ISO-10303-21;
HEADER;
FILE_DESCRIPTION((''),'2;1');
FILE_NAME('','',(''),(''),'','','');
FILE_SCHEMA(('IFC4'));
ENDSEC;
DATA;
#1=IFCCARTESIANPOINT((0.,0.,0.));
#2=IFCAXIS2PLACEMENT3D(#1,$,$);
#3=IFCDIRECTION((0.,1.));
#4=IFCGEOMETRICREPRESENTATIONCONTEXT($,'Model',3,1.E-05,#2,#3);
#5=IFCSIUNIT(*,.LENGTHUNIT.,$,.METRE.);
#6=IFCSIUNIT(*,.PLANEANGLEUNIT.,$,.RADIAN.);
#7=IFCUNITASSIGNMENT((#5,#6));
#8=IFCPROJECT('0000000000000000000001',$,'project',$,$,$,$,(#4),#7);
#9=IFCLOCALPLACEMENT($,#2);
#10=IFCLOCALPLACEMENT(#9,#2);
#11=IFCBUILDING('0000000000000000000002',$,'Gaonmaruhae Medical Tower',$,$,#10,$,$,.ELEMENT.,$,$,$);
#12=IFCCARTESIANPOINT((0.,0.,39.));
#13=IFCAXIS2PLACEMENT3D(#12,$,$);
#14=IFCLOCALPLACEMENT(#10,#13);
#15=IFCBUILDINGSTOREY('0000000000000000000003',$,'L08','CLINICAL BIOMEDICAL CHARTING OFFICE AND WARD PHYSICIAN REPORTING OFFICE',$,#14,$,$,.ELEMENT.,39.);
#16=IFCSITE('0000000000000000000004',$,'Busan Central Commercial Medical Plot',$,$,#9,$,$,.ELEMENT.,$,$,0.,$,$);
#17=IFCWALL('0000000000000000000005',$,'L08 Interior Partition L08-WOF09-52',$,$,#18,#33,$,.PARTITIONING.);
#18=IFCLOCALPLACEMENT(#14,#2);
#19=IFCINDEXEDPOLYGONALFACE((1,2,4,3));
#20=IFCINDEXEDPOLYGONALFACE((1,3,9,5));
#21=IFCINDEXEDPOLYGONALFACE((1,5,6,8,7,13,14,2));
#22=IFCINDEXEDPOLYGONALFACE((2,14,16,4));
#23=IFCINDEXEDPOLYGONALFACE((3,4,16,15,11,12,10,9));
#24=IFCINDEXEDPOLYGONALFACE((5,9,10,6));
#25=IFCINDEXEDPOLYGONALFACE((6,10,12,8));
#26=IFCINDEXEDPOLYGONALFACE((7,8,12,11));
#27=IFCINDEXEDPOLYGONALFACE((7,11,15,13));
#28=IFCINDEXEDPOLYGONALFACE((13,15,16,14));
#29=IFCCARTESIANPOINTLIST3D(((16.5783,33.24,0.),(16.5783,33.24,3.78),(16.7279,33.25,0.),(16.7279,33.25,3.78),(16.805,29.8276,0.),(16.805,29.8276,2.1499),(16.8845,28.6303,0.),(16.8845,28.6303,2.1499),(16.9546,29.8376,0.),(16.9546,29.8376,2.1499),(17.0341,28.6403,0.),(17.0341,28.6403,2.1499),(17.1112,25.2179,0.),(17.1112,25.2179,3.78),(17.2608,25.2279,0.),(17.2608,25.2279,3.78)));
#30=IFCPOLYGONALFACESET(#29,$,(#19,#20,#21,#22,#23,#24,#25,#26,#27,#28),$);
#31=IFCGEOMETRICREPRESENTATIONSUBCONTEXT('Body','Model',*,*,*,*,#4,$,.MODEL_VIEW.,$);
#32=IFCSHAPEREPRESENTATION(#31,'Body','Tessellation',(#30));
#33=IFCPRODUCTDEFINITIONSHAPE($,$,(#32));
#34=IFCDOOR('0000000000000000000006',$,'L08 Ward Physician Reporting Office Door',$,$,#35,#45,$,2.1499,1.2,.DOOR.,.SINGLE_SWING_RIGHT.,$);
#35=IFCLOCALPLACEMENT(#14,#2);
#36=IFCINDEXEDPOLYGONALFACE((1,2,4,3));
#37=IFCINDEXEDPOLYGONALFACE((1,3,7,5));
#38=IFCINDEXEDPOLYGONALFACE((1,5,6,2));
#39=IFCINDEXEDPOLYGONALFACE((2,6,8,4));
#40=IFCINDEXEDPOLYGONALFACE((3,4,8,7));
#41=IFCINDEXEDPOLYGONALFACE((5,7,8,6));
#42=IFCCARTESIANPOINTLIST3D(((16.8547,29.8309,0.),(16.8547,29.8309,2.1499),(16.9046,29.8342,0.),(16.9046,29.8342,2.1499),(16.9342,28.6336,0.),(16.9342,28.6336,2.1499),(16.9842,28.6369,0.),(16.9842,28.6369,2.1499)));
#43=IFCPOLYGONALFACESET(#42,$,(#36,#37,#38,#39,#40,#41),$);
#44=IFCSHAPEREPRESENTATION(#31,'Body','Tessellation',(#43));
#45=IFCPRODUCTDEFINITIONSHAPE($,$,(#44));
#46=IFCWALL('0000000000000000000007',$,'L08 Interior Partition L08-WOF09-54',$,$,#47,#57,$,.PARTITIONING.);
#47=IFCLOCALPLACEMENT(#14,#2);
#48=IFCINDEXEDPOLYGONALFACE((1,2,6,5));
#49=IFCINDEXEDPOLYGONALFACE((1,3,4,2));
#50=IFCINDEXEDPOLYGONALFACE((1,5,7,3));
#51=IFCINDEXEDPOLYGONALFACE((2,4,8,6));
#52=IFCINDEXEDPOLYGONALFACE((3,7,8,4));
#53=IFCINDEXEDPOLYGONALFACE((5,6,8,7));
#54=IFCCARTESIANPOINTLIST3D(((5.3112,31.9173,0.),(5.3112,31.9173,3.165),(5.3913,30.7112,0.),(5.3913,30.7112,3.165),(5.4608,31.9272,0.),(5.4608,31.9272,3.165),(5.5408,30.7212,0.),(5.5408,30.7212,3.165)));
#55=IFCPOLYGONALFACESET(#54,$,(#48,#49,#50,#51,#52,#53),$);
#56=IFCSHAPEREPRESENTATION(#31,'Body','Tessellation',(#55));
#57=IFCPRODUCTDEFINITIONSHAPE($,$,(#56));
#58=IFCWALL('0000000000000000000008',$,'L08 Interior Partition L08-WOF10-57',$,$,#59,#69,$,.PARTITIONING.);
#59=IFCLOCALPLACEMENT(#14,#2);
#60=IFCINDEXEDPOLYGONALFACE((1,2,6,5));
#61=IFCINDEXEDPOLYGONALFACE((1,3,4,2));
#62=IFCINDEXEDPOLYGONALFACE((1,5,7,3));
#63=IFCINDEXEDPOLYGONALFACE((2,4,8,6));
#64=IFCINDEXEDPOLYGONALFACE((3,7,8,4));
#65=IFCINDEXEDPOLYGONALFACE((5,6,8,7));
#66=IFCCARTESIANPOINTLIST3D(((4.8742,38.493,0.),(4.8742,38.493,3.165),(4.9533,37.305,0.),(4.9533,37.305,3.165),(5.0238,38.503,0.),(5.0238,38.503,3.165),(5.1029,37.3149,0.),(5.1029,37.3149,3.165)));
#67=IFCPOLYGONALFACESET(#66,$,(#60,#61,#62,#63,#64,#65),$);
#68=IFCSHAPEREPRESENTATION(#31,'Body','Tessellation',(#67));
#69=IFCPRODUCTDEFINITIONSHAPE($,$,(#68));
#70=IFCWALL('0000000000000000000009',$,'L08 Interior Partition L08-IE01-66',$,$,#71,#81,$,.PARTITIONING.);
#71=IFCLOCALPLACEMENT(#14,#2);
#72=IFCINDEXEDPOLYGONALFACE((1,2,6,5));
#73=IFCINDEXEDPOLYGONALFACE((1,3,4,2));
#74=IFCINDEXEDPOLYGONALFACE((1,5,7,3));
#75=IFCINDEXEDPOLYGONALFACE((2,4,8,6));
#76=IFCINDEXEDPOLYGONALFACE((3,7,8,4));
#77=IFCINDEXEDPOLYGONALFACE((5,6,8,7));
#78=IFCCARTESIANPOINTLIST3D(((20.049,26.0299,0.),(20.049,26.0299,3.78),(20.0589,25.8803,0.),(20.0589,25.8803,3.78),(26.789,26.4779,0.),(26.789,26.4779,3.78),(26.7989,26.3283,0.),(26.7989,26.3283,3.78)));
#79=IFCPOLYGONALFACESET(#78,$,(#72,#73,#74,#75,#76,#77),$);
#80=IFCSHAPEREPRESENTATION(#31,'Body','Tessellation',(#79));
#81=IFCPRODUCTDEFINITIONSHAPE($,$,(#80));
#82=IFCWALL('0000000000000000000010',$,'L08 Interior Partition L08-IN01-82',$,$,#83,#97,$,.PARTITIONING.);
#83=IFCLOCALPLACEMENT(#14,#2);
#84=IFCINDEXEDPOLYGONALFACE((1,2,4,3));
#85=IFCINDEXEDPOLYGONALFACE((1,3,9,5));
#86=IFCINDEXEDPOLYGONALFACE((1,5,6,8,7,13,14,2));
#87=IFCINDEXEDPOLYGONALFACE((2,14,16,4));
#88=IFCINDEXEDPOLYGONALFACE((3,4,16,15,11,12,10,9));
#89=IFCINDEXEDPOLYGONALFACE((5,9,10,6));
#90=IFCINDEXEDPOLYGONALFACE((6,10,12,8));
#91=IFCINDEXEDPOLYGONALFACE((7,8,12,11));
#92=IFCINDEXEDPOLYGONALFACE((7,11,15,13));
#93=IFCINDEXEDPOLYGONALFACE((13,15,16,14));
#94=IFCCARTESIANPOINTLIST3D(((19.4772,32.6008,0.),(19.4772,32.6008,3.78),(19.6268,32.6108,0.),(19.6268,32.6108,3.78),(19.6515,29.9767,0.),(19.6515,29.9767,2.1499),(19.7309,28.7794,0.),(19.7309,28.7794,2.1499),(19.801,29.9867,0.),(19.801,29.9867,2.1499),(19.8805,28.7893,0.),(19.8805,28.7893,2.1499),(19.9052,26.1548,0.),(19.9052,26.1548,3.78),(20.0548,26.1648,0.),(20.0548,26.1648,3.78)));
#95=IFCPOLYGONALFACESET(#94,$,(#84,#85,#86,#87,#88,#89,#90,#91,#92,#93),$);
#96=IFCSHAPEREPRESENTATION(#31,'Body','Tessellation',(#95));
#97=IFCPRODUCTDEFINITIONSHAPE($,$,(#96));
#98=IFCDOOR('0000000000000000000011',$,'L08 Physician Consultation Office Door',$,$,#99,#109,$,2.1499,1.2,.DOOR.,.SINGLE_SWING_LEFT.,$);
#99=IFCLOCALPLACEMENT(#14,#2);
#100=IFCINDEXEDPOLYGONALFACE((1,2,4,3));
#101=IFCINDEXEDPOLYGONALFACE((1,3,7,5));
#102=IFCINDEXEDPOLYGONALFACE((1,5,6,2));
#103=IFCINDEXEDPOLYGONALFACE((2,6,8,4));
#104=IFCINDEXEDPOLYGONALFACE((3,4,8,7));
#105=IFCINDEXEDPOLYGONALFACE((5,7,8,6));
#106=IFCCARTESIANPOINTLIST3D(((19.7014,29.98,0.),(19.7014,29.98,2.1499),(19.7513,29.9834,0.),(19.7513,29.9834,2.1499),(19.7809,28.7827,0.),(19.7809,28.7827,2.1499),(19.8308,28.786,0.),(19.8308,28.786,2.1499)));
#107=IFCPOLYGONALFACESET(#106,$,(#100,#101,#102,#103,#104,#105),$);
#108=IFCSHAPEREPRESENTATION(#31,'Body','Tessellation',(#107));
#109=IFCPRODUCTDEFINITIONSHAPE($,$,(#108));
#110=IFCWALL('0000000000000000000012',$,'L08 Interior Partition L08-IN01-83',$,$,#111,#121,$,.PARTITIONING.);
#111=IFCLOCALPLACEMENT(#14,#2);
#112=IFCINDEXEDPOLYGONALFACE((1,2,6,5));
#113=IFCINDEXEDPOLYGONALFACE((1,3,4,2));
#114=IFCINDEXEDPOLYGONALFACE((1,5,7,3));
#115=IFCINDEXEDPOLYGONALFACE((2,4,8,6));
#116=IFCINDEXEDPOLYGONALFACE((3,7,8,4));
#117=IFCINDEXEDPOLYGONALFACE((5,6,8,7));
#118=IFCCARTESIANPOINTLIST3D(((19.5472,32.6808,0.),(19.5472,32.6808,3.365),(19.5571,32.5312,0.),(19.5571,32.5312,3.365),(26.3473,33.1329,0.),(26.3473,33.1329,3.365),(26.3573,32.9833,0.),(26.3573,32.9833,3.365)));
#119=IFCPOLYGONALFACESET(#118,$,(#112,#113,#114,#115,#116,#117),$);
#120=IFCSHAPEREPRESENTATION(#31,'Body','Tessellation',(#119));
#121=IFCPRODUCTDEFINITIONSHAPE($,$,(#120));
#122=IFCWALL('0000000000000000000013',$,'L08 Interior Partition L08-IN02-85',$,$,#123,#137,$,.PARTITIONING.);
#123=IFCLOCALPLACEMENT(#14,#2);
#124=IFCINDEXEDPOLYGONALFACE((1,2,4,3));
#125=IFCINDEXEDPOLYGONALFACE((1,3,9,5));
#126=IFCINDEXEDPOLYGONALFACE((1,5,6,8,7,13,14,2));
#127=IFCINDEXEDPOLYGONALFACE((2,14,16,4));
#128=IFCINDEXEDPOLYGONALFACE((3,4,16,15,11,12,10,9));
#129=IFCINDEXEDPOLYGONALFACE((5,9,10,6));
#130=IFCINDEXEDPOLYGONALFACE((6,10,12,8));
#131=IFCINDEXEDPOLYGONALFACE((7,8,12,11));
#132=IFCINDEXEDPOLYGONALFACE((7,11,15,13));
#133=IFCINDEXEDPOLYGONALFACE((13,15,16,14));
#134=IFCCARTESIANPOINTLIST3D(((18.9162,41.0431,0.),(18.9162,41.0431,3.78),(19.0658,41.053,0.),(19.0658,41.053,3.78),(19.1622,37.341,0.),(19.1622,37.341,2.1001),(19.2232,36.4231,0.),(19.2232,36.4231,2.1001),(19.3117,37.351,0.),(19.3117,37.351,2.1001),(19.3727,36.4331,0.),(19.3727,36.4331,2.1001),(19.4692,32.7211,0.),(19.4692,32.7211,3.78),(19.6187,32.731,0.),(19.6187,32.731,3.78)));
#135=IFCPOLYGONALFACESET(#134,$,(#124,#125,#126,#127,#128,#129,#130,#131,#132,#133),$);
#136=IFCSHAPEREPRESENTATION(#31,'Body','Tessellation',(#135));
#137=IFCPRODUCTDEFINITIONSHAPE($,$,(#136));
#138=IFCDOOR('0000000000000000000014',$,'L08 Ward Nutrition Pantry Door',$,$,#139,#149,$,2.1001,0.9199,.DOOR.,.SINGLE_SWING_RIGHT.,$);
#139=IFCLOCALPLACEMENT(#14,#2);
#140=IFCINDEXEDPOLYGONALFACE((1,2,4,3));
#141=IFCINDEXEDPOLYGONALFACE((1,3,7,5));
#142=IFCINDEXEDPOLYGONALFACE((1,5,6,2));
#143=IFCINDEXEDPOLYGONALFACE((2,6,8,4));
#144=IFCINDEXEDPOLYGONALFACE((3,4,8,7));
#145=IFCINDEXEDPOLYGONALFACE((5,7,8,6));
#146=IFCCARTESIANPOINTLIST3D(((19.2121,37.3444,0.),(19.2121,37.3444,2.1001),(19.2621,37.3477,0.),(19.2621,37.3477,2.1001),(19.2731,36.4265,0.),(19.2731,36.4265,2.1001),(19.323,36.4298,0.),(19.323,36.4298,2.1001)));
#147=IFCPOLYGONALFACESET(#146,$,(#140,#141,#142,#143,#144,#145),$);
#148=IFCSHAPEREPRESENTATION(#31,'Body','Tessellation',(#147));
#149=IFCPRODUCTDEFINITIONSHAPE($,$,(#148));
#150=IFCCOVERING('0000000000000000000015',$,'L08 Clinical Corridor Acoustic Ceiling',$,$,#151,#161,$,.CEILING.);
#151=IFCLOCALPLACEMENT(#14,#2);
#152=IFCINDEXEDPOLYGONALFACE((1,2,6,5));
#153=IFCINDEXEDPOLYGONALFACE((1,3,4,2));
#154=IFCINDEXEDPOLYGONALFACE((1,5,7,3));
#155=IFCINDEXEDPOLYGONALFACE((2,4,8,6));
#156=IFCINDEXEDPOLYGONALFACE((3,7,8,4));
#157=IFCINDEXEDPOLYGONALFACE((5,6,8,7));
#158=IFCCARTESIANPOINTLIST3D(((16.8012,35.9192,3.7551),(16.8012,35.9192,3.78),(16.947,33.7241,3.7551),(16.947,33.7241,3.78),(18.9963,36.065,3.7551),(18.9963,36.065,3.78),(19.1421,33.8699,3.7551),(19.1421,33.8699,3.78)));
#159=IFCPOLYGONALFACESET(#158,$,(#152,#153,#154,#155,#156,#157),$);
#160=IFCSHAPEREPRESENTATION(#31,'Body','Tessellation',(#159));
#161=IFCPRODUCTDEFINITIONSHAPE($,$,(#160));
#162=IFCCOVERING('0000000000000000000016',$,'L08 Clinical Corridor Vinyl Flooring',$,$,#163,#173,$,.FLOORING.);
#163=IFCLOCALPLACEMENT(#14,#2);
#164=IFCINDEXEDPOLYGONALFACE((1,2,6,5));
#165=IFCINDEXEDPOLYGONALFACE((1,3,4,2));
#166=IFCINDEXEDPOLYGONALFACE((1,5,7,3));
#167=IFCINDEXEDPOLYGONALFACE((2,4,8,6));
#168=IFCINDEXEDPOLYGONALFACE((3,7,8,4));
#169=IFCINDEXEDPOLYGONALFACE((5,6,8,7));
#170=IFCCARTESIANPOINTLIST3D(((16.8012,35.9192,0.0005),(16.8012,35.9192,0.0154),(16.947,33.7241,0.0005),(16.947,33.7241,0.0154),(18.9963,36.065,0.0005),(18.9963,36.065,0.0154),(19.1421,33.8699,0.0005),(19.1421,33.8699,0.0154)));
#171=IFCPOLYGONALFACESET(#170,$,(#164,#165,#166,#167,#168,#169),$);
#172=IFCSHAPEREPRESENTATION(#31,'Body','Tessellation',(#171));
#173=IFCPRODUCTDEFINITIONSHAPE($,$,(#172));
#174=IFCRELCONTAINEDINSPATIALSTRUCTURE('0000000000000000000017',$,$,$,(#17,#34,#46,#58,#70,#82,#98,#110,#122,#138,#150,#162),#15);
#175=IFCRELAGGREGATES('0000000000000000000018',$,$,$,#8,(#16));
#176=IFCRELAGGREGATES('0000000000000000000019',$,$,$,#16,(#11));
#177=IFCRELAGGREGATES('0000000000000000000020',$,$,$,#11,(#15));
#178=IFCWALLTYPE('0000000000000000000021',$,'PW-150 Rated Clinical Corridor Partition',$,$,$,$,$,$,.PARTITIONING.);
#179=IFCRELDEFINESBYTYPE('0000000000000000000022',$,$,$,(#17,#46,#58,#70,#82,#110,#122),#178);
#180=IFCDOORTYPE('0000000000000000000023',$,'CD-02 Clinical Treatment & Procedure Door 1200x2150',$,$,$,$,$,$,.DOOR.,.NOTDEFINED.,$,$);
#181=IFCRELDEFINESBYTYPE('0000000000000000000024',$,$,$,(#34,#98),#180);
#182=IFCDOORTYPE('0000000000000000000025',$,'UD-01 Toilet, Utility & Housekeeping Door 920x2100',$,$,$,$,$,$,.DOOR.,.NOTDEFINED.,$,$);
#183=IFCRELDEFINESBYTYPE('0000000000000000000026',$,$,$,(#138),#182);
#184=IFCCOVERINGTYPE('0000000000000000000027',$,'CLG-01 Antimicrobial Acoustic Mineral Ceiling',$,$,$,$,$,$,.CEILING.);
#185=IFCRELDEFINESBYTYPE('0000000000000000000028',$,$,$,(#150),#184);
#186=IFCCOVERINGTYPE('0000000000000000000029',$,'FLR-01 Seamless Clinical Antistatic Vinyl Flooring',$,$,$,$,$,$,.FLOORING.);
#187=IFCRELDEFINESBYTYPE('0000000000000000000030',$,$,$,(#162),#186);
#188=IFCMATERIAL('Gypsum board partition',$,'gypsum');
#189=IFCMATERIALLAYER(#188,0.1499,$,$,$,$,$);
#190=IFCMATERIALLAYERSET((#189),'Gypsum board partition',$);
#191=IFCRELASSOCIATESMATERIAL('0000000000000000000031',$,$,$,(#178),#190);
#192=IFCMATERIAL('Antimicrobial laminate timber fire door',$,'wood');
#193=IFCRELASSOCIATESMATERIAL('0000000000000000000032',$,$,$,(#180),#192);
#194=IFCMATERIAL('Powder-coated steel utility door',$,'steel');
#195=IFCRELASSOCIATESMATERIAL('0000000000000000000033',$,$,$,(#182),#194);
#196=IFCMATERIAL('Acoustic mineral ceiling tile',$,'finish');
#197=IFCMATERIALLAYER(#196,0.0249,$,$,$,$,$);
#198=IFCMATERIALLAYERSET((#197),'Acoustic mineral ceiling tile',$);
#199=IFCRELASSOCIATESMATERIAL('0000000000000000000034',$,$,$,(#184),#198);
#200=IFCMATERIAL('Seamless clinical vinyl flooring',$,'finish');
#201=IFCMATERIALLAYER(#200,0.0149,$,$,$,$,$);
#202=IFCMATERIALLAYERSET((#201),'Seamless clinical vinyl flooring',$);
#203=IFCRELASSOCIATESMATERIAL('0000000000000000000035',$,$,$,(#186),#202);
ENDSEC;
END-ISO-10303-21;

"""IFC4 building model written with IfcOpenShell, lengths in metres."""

from ifc_helpers import new_model, si_unit, direction, frame, frame_2d, origin, origin_2d, place, context, subcontext, project, spatial, rectangle, extrude, material, layer, layer_set, type_object, element, fill, save


model = new_model("IFC4")

# Units and contexts
model_context = context("Model", 3, precision=1e-05, world=origin(), true_north=direction((0.0, 1.0)))
body_context = subcontext(model_context, "Body", "Model", "MODEL_VIEW")
ifc_project = project(units=[si_unit("LENGTHUNIT", "METRE"), si_unit("PLANEANGLEUNIT", "RADIAN")], contexts=[model_context])

# Site, building, storey
site_placement = place(None, origin())
site = spatial("IfcSite", under=ifc_project, at=site_placement, Name="Busan Central Commercial Medical Plot", CompositionType="ELEMENT", RefElevation=0.0)
building_placement = place(site_placement, origin())
building = spatial("IfcBuilding", under=site, at=building_placement, Name="Gaonmaruhae Medical Tower", CompositionType="ELEMENT")
storey_placement = place(building_placement, frame((0.0, 0.0, 39.0)))
storey = spatial("IfcBuildingStorey", under=building, at=storey_placement, Name="L08", Description="CLINICAL BIOMEDICAL CHARTING OFFICE AND WARD PHYSICIAN REPORTING OFFICE", CompositionType="ELEMENT", Elevation=39.0)

# Shared definitions
ifc_material_1 = material(Name="Gypsum board partition", Category="gypsum")
ifc_layer_1 = layer(ifc_material_1, 0.1499)
ifc_layer_set_1 = layer_set([ifc_layer_1], Name="Gypsum board partition")
wall_type_1 = type_object("IfcWallType", Name="PW-150 Rated Clinical Corridor Partition", PredefinedType="PARTITIONING", material=ifc_layer_set_1)

# Wall, opening, door
wall_1_placement = place(storey_placement, frame((16.6531, 33.2451, 0.0), z_axis=(0.0, 0.0, 1.0), x_axis=(0.066289, -0.9978, 0.0)))
wall_1 = element("IfcWall", 1, at=wall_1_placement, inside=storey, type_object=wall_type_1, Name="L08 Interior Partition L08-WOF09-52", PredefinedType="PARTITIONING", context=body_context, shape_type="SweptSolid", body=[
    extrude(rectangle(XDim=8.0398, YDim=0.1499, at=frame_2d((4.02, 0.0))), origin(), (0.0, 0.0, 1.0), 3.78),
])
opening_1_placement = place(wall_1_placement, frame((3.4199, 0.0, 0.0)))
opening_1 = element("IfcOpeningElement", 2, at=opening_1_placement, cuts=wall_1, PredefinedType="OPENING", context=body_context, shape_type="SweptSolid", body=[
    extrude(rectangle(XDim=1.2, YDim=2.1499, at=frame_2d((0.6001, 1.075))), frame((0.0, 0.085, 0.0), z_axis=(0.0, -1.0, 0.0), x_axis=(1.0, 0.0, 0.0)), (0.0, 0.0, 1.0), 0.1699),
])
ifc_material_2 = material(Name="Antimicrobial laminate timber fire door", Category="wood")
door_type_1 = type_object("IfcDoorType", Name="CD-02 Clinical Treatment & Procedure Door 1200x2150", OperationType="NOTDEFINED", PredefinedType="DOOR", material=ifc_material_2)
door_1_placement = place(opening_1_placement, origin())
door_1 = element("IfcDoor", 3, at=door_1_placement, inside=storey, type_object=door_type_1, Name="L08 Ward Physician Reporting Office Door", OperationType="SINGLE_SWING_RIGHT", OverallHeight=2.1499, OverallWidth=1.2, PredefinedType="DOOR", context=body_context, shape_type="SweptSolid", body=[
    extrude(rectangle(XDim=1.2, YDim=2.1499, at=frame_2d((0.6001, 1.075))), frame((0.0, 0.0249, 0.0), z_axis=(0.0, -1.0, 0.0), x_axis=(1.0, 0.0, 0.0)), (0.0, 0.0, 1.0), 0.05),
])
fill(opening_1, door_1)

# Walls
wall_2_placement = place(storey_placement, frame((5.4661, 30.7161, 0.0), z_axis=(0.0, 0.0, 1.0), x_axis=(-0.066251, 0.997803, 0.0)))
element("IfcWall", 4, at=wall_2_placement, inside=storey, type_object=wall_type_1, Name="L08 Interior Partition L08-WOF09-54", PredefinedType="PARTITIONING", context=body_context, shape_type="SweptSolid", body=[
    extrude(rectangle(XDim=1.2087, YDim=0.1499, at=frame_2d((0.6045, 0.0))), origin(), (0.0, 0.0, 1.0), 3.165),
])
wall_3_placement = place(storey_placement, frame((5.0281, 37.3101, 0.0), z_axis=(0.0, 0.0, 1.0), x_axis=(-0.066437, 0.997791, 0.0)))
element("IfcWall", 5, at=wall_3_placement, inside=storey, type_object=wall_type_1, Name="L08 Interior Partition L08-WOF10-57", PredefinedType="PARTITIONING", context=body_context, shape_type="SweptSolid", body=[
    extrude(rectangle(XDim=1.1907, YDim=0.1499, at=frame_2d((0.5952, 0.0))), origin(), (0.0, 0.0, 1.0), 3.165),
])
wall_4_placement = place(storey_placement, frame((20.054, 25.9551, 0.0), z_axis=(0.0, 0.0, 1.0), x_axis=(0.997798, 0.066322, 0.0)))
element("IfcWall", 6, at=wall_4_placement, inside=storey, type_object=wall_type_1, Name="L08 Interior Partition L08-IE01-66", PredefinedType="PARTITIONING", context=body_context, shape_type="SweptSolid", body=[
    extrude(rectangle(XDim=6.7549, YDim=0.1499, at=frame_2d((3.3774, 0.0))), origin(), (0.0, 0.0, 1.0), 3.78),
])

# Wall, opening, door
wall_5_placement = place(storey_placement, frame((19.98, 26.1599, 0.0), z_axis=(0.0, 0.0, 1.0), x_axis=(-0.066248, 0.997803, 0.0)))
wall_5 = element("IfcWall", 7, at=wall_5_placement, inside=storey, type_object=wall_type_1, Name="L08 Interior Partition L08-IN01-82", PredefinedType="PARTITIONING", context=body_context, shape_type="SweptSolid", body=[
    extrude(rectangle(XDim=6.4602, YDim=0.1499, at=frame_2d((3.23, 0.0))), origin(), (0.0, 0.0, 1.0), 3.78),
])
opening_2_placement = place(wall_5_placement, frame((2.6301, 0.0, 0.0)))
opening_2 = element("IfcOpeningElement", 8, at=opening_2_placement, cuts=wall_5, PredefinedType="OPENING", context=body_context, shape_type="SweptSolid", body=[
    extrude(rectangle(XDim=1.2, YDim=2.1499, at=frame_2d((0.6001, 1.075))), frame((0.0, 0.085, 0.0), z_axis=(0.0, -1.0, 0.0), x_axis=(1.0, 0.0, 0.0)), (0.0, 0.0, 1.0), 0.1699),
])
door_2_placement = place(opening_2_placement, origin())
door_2 = element("IfcDoor", 9, at=door_2_placement, inside=storey, type_object=door_type_1, Name="L08 Physician Consultation Office Door", OperationType="SINGLE_SWING_LEFT", OverallHeight=2.1499, OverallWidth=1.2, PredefinedType="DOOR", context=body_context, shape_type="SweptSolid", body=[
    extrude(rectangle(XDim=1.2, YDim=2.1499, at=frame_2d((0.6001, 1.075))), frame((0.0, 0.0249, 0.0), z_axis=(0.0, -1.0, 0.0), x_axis=(1.0, 0.0, 0.0)), (0.0, 0.0, 1.0), 0.05),
])
fill(opening_2, door_2)

# Wall
wall_6_placement = place(storey_placement, frame((19.552, 32.606, 0.0), z_axis=(0.0, 0.0, 1.0), x_axis=(0.997797, 0.066345, 0.0)))
element("IfcWall", 10, at=wall_6_placement, inside=storey, type_object=wall_type_1, Name="L08 Interior Partition L08-IN01-83", PredefinedType="PARTITIONING", context=body_context, shape_type="SweptSolid", body=[
    extrude(rectangle(XDim=6.8152, YDim=0.1499, at=frame_2d((3.4077, 0.0))), origin(), (0.0, 0.0, 1.0), 3.365),
])

# Wall, opening, door
wall_7_placement = place(storey_placement, frame((19.5439, 32.7261, 0.0), z_axis=(0.0, 0.0, 1.0), x_axis=(-0.066301, 0.9978, 0.0)))
wall_7 = element("IfcWall", 11, at=wall_7_placement, inside=storey, type_object=wall_type_1, Name="L08 Interior Partition L08-IN02-85", PredefinedType="PARTITIONING", context=body_context, shape_type="SweptSolid", body=[
    extrude(rectangle(XDim=8.3403, YDim=0.1499, at=frame_2d((4.1702, 0.0))), origin(), (0.0, 0.0, 1.0), 3.78),
])
opening_3_placement = place(wall_7_placement, frame((3.7102, 0.0, 0.0)))
opening_3 = element("IfcOpeningElement", 12, at=opening_3_placement, cuts=wall_7, PredefinedType="OPENING", context=body_context, shape_type="SweptSolid", body=[
    extrude(rectangle(XDim=0.9199, YDim=2.1001, at=frame_2d((0.46, 1.05))), frame((0.0, 0.085, 0.0), z_axis=(0.0, -1.0, 0.0), x_axis=(1.0, 0.0, 0.0)), (0.0, 0.0, 1.0), 0.1699),
])
ifc_material_3 = material(Name="Powder-coated steel utility door", Category="steel")
door_type_2 = type_object("IfcDoorType", Name="UD-01 Toilet, Utility & Housekeeping Door 920x2100", OperationType="NOTDEFINED", PredefinedType="DOOR", material=ifc_material_3)
door_3_placement = place(opening_3_placement, origin())
door_3 = element("IfcDoor", 13, at=door_3_placement, inside=storey, type_object=door_type_2, Name="L08 Ward Nutrition Pantry Door", OperationType="SINGLE_SWING_RIGHT", OverallHeight=2.1001, OverallWidth=0.9199, PredefinedType="DOOR", context=body_context, shape_type="SweptSolid", body=[
    extrude(rectangle(XDim=0.9199, YDim=2.1001, at=frame_2d((0.46, 1.05))), frame((0.0, 0.0249, 0.0), z_axis=(0.0, -1.0, 0.0), x_axis=(1.0, 0.0, 0.0)), (0.0, 0.0, 1.0), 0.05),
])
fill(opening_3, door_3)

# Coverings
ifc_material_4 = material(Name="Acoustic mineral ceiling tile", Category="finish")
ifc_layer_2 = layer(ifc_material_4, 0.0249)
ifc_layer_set_2 = layer_set([ifc_layer_2], Name="Acoustic mineral ceiling tile")
covering_type_1 = type_object("IfcCoveringType", Name="CLG-01 Antimicrobial Acoustic Mineral Ceiling", PredefinedType="CEILING", material=ifc_layer_set_2)
covering_1_placement = place(storey_placement, frame((17.9717, 34.8945, 3.7551), z_axis=(0.0, 0.0, 1.0), x_axis=(0.997801, 0.066274, 0.0)))
element("IfcCovering", 14, at=covering_1_placement, inside=storey, type_object=covering_type_1, Name="L08 Clinical Corridor Acoustic Ceiling", PredefinedType="CEILING", context=body_context, shape_type="SweptSolid", body=[
    extrude(rectangle(XDim=2.2, YDim=2.2, at=origin_2d()), origin(), (0.0, 0.0, 1.0), 0.0249),
])
ifc_material_5 = material(Name="Seamless clinical vinyl flooring", Category="finish")
ifc_layer_3 = layer(ifc_material_5, 0.0149)
ifc_layer_set_3 = layer_set([ifc_layer_3], Name="Seamless clinical vinyl flooring")
covering_type_2 = type_object("IfcCoveringType", Name="FLR-01 Seamless Clinical Antistatic Vinyl Flooring", PredefinedType="FLOORING", material=ifc_layer_set_3)
covering_2_placement = place(storey_placement, frame((17.9717, 34.8945, 0.0005), z_axis=(0.0, 0.0, 1.0), x_axis=(0.997801, 0.066274, 0.0)))
element("IfcCovering", 15, at=covering_2_placement, inside=storey, type_object=covering_type_2, Name="L08 Clinical Corridor Vinyl Flooring", PredefinedType="FLOORING", context=body_context, shape_type="SweptSolid", body=[
    extrude(rectangle(XDim=2.2, YDim=2.2, at=origin_2d()), origin(), (0.0, 0.0, 1.0), 0.0149),
])

save(model, "model.ifc")
